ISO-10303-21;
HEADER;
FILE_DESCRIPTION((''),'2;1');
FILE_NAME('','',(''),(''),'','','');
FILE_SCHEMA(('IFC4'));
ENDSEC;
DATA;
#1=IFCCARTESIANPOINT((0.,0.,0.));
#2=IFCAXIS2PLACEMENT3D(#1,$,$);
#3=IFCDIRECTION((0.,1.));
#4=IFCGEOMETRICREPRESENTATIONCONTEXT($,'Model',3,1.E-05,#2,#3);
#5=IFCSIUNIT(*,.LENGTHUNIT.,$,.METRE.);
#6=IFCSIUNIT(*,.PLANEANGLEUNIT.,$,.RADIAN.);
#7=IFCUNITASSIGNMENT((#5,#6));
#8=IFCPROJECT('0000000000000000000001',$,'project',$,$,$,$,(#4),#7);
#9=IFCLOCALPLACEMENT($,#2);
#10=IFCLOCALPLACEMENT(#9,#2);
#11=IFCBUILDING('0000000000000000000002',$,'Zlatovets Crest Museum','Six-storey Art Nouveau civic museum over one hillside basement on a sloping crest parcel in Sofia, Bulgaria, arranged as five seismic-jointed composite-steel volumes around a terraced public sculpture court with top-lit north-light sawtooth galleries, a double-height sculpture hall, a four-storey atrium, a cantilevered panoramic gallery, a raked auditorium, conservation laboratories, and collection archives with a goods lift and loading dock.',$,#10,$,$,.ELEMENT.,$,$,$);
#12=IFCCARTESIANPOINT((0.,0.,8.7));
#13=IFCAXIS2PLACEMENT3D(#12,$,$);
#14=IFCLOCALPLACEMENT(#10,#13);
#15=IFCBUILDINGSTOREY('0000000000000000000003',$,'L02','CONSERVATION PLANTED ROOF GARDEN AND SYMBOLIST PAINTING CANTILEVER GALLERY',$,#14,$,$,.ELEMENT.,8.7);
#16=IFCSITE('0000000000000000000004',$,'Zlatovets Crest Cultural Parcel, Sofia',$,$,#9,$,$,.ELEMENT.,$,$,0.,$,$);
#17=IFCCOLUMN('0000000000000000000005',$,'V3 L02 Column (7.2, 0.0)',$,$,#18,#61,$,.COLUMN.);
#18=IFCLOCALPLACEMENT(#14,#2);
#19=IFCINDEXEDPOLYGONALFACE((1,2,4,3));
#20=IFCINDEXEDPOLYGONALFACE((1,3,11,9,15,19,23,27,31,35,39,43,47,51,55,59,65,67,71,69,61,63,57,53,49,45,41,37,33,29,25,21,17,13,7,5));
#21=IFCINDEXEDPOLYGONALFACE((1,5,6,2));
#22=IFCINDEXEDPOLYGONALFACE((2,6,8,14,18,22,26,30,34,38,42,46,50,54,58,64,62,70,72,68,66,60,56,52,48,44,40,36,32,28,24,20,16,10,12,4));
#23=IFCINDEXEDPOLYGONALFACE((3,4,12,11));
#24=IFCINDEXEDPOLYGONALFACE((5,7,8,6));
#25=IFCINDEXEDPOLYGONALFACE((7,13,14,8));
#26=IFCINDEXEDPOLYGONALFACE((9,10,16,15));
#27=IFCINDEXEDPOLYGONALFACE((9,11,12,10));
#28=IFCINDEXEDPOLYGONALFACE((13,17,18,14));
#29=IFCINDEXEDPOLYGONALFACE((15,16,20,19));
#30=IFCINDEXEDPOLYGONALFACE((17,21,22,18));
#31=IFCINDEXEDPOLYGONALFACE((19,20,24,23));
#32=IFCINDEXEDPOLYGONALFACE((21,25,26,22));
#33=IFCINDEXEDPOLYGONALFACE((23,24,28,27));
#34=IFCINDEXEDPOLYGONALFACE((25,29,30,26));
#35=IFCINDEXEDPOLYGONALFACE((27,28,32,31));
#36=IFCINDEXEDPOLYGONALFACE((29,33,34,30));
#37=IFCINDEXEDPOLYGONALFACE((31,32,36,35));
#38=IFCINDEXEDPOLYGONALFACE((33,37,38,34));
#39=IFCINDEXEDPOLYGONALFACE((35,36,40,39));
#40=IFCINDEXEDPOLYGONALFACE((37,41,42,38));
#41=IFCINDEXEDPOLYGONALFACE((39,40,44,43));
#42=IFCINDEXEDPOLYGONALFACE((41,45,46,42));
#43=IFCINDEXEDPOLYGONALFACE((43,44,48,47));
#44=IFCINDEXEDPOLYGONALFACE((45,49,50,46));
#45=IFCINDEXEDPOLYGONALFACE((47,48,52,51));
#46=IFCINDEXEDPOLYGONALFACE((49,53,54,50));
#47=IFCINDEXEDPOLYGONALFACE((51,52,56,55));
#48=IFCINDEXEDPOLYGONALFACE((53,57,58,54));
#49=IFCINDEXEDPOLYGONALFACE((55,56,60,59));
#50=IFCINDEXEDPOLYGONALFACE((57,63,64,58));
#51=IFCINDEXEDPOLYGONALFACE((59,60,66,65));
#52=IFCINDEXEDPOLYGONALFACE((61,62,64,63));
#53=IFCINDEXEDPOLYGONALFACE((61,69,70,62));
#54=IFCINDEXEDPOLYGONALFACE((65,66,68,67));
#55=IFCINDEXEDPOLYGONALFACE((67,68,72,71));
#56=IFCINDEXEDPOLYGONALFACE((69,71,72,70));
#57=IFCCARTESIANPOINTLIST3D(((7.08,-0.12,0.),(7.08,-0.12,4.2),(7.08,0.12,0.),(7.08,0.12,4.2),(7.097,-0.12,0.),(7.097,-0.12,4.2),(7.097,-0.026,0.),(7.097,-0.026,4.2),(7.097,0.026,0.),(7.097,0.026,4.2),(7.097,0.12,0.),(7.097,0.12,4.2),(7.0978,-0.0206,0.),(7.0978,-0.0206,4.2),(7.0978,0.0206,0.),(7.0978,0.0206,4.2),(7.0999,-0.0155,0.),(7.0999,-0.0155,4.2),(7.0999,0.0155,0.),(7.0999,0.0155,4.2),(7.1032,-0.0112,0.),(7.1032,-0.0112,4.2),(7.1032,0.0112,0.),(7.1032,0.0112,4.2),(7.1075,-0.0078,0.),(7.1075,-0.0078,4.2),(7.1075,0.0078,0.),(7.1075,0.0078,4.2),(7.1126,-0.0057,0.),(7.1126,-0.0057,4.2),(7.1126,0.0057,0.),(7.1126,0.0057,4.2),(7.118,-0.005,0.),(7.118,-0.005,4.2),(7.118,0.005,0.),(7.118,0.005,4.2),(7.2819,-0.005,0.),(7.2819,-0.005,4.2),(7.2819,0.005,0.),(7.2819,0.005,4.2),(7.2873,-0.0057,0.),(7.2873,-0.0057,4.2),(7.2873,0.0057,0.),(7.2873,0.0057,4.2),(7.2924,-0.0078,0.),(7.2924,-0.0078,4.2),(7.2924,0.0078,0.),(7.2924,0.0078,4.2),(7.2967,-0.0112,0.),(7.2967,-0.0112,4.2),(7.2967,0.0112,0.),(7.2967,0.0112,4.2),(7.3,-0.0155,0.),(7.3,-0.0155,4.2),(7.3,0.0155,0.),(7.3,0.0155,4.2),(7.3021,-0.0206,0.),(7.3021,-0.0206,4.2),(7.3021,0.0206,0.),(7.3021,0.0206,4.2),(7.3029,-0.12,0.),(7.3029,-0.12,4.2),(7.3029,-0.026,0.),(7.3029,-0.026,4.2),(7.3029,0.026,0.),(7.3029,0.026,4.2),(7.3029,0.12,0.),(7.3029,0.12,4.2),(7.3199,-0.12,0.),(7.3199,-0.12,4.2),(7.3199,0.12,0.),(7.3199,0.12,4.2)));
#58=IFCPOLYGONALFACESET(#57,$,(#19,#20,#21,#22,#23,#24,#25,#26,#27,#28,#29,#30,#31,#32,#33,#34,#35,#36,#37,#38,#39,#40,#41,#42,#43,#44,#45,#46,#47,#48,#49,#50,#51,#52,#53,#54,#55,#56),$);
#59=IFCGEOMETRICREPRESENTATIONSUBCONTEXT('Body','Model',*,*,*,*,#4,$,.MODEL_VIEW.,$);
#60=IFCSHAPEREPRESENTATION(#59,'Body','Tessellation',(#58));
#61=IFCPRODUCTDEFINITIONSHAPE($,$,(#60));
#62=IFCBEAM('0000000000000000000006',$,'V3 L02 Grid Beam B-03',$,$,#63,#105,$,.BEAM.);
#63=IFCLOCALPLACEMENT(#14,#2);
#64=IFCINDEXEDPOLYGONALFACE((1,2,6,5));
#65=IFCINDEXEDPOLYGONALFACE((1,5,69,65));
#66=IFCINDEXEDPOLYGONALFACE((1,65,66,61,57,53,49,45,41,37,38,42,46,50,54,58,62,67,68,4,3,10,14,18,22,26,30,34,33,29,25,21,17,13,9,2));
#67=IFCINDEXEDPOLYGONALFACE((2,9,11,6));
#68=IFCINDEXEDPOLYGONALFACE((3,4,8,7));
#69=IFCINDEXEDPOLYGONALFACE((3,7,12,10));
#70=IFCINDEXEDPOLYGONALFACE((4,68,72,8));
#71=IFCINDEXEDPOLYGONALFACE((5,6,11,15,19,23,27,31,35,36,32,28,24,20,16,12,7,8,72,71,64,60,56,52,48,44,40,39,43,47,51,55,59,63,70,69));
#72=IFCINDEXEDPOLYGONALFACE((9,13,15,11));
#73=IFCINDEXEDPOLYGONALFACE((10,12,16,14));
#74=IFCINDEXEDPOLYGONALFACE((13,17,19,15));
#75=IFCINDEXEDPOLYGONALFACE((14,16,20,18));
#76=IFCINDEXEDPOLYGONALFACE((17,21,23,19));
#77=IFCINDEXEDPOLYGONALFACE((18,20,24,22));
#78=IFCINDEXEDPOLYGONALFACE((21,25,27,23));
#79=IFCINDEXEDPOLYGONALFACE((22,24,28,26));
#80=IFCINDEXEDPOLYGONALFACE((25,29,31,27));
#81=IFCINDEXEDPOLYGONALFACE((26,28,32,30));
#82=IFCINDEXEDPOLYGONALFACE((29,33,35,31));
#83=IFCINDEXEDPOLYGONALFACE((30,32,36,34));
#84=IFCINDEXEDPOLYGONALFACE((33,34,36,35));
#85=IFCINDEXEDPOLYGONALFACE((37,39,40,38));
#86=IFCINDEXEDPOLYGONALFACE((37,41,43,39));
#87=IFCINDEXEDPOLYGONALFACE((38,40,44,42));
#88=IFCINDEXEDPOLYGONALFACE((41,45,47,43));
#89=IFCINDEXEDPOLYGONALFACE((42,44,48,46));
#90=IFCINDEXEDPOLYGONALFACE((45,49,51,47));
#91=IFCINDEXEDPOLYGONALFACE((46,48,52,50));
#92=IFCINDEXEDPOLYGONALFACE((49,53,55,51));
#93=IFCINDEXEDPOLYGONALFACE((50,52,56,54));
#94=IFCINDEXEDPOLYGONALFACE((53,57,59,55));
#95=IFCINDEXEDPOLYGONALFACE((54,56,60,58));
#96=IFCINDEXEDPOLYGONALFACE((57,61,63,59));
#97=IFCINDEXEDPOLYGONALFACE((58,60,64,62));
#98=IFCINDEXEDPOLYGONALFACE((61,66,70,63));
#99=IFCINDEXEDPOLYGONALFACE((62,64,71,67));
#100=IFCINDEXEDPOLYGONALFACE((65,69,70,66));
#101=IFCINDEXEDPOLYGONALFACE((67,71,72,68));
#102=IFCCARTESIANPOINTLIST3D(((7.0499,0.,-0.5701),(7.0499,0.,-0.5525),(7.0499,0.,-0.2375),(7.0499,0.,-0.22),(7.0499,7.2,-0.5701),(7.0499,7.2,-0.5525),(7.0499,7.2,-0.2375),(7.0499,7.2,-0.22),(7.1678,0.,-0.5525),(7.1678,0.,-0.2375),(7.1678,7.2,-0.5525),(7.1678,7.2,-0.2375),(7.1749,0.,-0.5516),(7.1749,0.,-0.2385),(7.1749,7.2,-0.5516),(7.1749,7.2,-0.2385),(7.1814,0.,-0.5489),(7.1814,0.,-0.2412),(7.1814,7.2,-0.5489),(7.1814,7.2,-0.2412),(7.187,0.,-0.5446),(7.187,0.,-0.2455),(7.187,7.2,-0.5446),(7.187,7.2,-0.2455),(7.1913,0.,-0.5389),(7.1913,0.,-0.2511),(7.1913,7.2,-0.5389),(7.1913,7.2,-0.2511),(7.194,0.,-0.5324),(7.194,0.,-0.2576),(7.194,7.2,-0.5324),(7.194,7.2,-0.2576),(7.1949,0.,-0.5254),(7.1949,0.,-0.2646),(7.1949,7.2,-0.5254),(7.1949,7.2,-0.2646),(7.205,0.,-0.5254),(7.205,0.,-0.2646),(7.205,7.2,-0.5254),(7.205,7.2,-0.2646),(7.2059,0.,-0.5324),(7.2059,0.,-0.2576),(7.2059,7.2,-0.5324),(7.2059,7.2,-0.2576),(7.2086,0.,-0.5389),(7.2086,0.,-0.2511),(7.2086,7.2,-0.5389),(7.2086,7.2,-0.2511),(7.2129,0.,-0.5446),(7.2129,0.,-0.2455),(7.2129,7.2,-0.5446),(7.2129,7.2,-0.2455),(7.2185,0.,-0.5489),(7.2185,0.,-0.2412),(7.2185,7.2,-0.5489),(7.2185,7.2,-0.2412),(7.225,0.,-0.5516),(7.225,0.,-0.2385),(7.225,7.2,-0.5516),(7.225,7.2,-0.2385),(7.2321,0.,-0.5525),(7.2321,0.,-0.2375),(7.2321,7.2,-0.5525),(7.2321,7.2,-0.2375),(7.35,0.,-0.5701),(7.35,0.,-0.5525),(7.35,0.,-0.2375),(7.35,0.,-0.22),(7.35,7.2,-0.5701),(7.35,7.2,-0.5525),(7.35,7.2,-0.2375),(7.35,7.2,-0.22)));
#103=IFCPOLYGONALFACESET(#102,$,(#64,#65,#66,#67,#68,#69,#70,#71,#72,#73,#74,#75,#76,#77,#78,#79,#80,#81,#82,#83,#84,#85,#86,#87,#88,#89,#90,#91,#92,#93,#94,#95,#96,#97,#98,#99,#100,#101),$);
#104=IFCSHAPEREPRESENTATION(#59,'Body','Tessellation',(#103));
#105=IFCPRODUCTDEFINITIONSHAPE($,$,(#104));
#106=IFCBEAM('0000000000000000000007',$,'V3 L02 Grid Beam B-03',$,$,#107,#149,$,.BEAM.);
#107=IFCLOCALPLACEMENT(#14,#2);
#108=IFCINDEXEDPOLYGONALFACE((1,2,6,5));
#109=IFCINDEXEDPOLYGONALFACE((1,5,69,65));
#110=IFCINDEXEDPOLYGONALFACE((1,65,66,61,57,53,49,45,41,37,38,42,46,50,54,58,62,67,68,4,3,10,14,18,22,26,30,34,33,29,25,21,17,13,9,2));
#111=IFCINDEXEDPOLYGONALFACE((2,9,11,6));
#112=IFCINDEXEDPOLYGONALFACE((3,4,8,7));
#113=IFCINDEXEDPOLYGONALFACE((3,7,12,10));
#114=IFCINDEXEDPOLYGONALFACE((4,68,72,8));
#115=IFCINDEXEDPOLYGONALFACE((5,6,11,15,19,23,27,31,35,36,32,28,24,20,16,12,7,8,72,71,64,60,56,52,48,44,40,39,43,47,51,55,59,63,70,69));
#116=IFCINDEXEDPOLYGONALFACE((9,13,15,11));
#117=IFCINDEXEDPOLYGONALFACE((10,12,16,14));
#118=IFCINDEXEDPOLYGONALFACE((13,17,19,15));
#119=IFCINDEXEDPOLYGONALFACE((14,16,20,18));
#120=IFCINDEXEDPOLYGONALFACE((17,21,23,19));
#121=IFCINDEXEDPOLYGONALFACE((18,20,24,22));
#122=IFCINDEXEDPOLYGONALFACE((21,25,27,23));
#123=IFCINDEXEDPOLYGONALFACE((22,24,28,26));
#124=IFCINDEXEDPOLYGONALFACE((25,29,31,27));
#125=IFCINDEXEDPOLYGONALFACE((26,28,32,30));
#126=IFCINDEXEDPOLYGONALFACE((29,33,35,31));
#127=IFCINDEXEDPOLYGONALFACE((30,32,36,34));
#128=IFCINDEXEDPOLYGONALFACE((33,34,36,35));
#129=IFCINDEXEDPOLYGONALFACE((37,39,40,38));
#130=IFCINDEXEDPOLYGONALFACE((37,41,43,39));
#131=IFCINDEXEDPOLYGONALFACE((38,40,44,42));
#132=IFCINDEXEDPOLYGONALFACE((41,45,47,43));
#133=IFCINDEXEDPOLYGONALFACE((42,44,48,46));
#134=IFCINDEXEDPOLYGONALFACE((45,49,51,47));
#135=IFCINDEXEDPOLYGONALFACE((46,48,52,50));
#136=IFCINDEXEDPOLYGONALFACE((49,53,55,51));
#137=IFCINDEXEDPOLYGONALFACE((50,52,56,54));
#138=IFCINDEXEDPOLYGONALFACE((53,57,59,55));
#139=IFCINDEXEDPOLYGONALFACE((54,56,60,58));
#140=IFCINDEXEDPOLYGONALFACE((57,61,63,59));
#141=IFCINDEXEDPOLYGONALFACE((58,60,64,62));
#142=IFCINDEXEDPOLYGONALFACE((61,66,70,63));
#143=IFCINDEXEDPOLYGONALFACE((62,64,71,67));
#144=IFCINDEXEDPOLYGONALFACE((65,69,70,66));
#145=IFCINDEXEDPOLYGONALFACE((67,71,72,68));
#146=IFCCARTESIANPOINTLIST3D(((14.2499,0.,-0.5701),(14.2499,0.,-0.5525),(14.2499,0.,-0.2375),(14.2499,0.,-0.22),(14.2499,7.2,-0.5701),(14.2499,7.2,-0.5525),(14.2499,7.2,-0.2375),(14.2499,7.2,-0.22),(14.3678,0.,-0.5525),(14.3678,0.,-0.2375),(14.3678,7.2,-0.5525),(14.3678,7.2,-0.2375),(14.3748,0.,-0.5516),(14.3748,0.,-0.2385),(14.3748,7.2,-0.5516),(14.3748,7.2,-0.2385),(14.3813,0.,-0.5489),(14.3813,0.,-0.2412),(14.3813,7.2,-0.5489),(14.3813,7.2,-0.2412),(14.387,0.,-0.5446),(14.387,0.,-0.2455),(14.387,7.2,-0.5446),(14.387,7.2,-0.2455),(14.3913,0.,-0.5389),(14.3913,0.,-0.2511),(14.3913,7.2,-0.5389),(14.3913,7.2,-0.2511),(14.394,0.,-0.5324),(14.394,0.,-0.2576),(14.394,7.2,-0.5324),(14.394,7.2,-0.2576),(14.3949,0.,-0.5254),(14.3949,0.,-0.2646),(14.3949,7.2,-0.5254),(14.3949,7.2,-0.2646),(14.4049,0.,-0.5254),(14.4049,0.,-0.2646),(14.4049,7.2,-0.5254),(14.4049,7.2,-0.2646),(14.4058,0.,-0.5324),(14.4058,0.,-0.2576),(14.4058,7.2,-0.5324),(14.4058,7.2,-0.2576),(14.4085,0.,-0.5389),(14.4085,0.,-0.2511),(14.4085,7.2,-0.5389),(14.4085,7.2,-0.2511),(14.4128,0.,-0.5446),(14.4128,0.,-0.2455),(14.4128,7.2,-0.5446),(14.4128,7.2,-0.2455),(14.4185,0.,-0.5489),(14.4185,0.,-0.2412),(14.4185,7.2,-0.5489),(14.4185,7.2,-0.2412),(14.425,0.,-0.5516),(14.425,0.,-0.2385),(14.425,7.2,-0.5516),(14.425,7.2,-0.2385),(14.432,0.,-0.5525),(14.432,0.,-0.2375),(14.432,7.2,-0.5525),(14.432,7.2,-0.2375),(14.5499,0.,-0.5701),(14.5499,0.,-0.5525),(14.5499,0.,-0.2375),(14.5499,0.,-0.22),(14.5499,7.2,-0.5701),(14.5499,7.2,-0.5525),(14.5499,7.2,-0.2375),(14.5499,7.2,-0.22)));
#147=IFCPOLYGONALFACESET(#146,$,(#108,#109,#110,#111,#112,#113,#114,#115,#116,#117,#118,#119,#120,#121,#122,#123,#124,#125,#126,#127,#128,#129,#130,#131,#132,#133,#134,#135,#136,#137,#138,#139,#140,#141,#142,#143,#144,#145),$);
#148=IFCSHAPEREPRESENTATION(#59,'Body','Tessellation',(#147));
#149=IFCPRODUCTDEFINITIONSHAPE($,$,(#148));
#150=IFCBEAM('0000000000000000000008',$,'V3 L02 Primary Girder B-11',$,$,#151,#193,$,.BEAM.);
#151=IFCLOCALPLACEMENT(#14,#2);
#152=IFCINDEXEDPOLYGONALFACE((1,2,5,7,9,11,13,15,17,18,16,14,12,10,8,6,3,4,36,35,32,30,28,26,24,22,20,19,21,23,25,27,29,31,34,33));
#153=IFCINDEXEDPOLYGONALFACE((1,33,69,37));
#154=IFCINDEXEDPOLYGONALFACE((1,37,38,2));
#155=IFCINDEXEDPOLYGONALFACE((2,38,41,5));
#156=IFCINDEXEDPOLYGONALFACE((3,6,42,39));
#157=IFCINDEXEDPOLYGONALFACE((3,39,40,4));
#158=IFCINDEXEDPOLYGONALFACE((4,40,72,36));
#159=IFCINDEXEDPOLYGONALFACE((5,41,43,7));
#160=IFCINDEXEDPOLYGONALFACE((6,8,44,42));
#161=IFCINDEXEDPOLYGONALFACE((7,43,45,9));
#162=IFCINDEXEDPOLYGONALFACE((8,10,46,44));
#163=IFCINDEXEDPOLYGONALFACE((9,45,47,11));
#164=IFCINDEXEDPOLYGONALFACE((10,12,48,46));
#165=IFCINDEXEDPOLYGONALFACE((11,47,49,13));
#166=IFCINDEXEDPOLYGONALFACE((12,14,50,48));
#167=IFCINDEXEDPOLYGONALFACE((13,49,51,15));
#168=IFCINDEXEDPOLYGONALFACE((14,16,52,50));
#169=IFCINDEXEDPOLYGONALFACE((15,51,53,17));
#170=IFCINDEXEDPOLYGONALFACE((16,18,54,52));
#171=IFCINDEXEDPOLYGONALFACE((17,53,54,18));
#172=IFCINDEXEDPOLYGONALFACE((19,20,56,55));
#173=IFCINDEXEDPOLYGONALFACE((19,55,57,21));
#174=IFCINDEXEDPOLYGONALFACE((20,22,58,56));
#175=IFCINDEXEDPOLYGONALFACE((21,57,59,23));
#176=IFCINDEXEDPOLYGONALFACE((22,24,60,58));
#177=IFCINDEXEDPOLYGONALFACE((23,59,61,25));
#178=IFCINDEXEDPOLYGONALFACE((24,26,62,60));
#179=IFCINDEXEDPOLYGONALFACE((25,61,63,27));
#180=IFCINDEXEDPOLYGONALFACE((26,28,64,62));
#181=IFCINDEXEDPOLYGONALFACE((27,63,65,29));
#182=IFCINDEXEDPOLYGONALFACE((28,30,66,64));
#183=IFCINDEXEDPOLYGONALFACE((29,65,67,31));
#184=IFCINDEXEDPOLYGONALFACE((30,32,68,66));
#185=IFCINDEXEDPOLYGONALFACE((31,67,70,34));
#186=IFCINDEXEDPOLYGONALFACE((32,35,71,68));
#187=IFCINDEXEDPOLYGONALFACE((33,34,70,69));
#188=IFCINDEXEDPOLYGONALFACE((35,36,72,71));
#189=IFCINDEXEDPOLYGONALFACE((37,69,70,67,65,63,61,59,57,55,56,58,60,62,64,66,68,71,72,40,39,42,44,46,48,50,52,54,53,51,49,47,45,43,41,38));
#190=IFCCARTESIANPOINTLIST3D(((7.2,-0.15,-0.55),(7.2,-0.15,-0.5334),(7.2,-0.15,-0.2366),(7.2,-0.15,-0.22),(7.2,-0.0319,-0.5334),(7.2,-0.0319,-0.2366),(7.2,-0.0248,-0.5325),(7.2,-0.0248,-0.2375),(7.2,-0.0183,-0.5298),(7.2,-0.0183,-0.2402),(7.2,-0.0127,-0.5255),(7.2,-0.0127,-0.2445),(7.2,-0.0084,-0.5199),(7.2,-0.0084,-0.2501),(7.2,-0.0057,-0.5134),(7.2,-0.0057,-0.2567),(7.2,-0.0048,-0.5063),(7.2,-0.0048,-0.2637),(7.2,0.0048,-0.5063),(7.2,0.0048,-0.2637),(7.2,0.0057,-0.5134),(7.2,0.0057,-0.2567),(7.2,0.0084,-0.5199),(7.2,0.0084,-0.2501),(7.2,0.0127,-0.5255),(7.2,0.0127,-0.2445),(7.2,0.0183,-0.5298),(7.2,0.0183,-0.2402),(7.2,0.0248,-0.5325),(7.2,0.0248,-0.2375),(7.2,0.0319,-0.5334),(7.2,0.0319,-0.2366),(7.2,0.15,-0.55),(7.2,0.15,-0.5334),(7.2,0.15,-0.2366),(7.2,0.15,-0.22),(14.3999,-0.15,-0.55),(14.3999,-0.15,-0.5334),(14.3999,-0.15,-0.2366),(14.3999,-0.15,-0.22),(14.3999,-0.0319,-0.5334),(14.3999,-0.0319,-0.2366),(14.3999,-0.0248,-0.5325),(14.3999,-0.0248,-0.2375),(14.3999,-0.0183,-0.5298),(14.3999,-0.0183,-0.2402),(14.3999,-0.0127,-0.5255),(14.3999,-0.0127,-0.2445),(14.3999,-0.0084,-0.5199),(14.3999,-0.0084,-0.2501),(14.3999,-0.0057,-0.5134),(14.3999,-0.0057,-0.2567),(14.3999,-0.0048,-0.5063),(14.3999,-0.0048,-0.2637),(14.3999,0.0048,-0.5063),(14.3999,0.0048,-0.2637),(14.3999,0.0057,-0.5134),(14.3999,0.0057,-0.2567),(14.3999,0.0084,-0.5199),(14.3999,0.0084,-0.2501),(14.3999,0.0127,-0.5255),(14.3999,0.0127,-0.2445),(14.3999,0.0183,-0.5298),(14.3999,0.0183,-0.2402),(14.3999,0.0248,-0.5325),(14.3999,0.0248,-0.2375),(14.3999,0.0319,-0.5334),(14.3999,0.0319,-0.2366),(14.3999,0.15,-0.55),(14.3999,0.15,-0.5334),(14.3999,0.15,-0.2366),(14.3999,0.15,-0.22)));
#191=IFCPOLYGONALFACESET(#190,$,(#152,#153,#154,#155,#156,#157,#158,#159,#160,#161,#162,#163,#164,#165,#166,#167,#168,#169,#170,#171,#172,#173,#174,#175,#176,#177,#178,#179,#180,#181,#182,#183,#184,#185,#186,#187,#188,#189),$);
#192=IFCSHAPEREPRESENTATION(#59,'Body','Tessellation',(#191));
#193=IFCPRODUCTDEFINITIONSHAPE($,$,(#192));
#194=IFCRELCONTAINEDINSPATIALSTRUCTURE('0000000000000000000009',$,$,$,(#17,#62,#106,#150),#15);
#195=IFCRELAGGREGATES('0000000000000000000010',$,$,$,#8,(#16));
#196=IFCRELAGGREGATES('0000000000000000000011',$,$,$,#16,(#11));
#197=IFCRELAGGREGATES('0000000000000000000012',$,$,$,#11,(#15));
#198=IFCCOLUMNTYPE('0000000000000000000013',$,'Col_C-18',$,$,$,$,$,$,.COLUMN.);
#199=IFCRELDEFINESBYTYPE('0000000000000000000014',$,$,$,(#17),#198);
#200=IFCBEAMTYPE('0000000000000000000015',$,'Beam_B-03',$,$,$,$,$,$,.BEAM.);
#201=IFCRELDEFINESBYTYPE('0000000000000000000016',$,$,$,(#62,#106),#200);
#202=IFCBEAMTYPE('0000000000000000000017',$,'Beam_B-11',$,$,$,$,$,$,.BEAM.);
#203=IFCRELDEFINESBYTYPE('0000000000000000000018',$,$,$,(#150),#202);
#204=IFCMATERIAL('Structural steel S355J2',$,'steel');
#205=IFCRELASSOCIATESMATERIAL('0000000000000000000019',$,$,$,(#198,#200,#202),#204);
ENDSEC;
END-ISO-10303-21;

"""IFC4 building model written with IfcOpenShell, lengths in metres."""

from ifc_helpers import new_model, si_unit, direction, frame, origin, origin_2d, place, context, subcontext, project, spatial, i_section, extrude, material, material_profile, profile_set, type_object, element, save


model = new_model("IFC4")

# Units and contexts
model_context = context("Model", 3, precision=1e-05, world=origin(), true_north=direction((0.0, 1.0)))
body_context = subcontext(model_context, "Body", "Model", "MODEL_VIEW")
ifc_project = project(units=[si_unit("LENGTHUNIT", "METRE"), si_unit("PLANEANGLEUNIT", "RADIAN")], contexts=[model_context])

# Site, building, storey
site_placement = place(None, origin())
site = spatial("IfcSite", under=ifc_project, at=site_placement, Name="Zlatovets Crest Cultural Parcel, Sofia", CompositionType="ELEMENT", RefElevation=0.0)
building_placement = place(site_placement, origin())
building = spatial("IfcBuilding", under=site, at=building_placement, Name="Zlatovets Crest Museum", Description="Six-storey Art Nouveau civic museum over one hillside basement on a sloping crest parcel in Sofia, Bulgaria, arranged as five seismic-jointed composite-steel volumes around a terraced public sculpture court with top-lit north-light sawtooth galleries, a double-height sculpture hall, a four-storey atrium, a cantilevered panoramic gallery, a raked auditorium, conservation laboratories, and collection archives with a goods lift and loading dock.", CompositionType="ELEMENT")
storey_placement = place(building_placement, frame((0.0, 0.0, 8.7)))
storey = spatial("IfcBuildingStorey", under=building, at=storey_placement, Name="L02", Description="CONSERVATION PLANTED ROOF GARDEN AND SYMBOLIST PAINTING CANTILEVER GALLERY", CompositionType="ELEMENT", Elevation=8.7)

# Column
ifc_material_1 = material(Name="Structural steel S355J2", Category="steel")
ifc_material_profile_1 = material_profile(ifc_material_1, i_section(OverallWidth=0.24, OverallDepth=0.24, WebThickness=0.01, FlangeThickness=0.0171, FilletRadius=0.021, at=origin_2d()), Name="HEB 240")
ifc_profile_set_1 = profile_set([ifc_material_profile_1], Name="Structural steel S355J2")
column_type = type_object("IfcColumnType", Name="Col_C-18", PredefinedType="COLUMN", material=ifc_profile_set_1)
column_placement = place(storey_placement, frame((7.2, 0.0, 0.0), z_axis=(0.0, 0.0, 1.0), x_axis=(0.0, 1.0, 0.0)))
element("IfcColumn", 1, at=column_placement, inside=storey, type_object=column_type, Name="V3 L02 Column (7.2, 0.0)", PredefinedType="COLUMN", context=body_context, shape_type="SweptSolid", body=[
    extrude(i_section(OverallWidth=0.24, OverallDepth=0.24, WebThickness=0.01, FlangeThickness=0.0171, FilletRadius=0.021, at=origin_2d()), origin(), (0.0, 0.0, 1.0), 4.2),
])

# Beams
ifc_material_profile_2 = material_profile(ifc_material_1, i_section(OverallWidth=0.3, OverallDepth=0.3501, WebThickness=0.01, FlangeThickness=0.0176, FilletRadius=0.0271, at=origin_2d()), Name="HEA 360")
ifc_profile_set_2 = profile_set([ifc_material_profile_2], Name="Structural steel S355J2")
beam_type_1 = type_object("IfcBeamType", Name="Beam_B-03", PredefinedType="BEAM", material=ifc_profile_set_2)
for number, where, z_axis, x_axis, name in (
    (2, (7.2, 0.0, -0.395), (0.0, 1.0, 0.0), (-1.0, 0.0, 0.0), "V3 L02 Grid Beam B-03"),
    (3, (14.3999, 0.0, -0.395), (0.0, 1.0, 0.0), (-1.0, 0.0, 0.0), "V3 L02 Grid Beam B-03"),
):
    element("IfcBeam", number, at=place(storey_placement, frame(where, z_axis=z_axis, x_axis=x_axis)), inside=storey, type_object=beam_type_1, Name=name, PredefinedType="BEAM", context=body_context, shape_type="SweptSolid", body=[
        extrude(i_section(OverallWidth=0.3, OverallDepth=0.3501, WebThickness=0.01, FlangeThickness=0.0176, FilletRadius=0.0271, at=origin_2d()), origin(), (0.0, 0.0, 1.0), 7.2),
    ])
ifc_material_profile_3 = material_profile(ifc_material_1, i_section(OverallWidth=0.3, OverallDepth=0.3301, WebThickness=0.0095, FlangeThickness=0.0166, FilletRadius=0.0271, at=origin_2d()), Name="HEA 340")
ifc_profile_set_3 = profile_set([ifc_material_profile_3], Name="Structural steel S355J2")
beam_type_2 = type_object("IfcBeamType", Name="Beam_B-11", PredefinedType="BEAM", material=ifc_profile_set_3)
beam_1_placement = place(storey_placement, frame((7.2, 0.0, -0.385), z_axis=(1.0, 0.0, 0.0), x_axis=(0.0, 1.0, 0.0)))
element("IfcBeam", 4, at=beam_1_placement, inside=storey, type_object=beam_type_2, Name="V3 L02 Primary Girder B-11", PredefinedType="BEAM", context=body_context, shape_type="SweptSolid", body=[
    extrude(i_section(OverallWidth=0.3, OverallDepth=0.3301, WebThickness=0.0095, FlangeThickness=0.0166, FilletRadius=0.0271, at=origin_2d()), origin(), (0.0, 0.0, 1.0), 7.2),
])

save(model, "model.ifc")
